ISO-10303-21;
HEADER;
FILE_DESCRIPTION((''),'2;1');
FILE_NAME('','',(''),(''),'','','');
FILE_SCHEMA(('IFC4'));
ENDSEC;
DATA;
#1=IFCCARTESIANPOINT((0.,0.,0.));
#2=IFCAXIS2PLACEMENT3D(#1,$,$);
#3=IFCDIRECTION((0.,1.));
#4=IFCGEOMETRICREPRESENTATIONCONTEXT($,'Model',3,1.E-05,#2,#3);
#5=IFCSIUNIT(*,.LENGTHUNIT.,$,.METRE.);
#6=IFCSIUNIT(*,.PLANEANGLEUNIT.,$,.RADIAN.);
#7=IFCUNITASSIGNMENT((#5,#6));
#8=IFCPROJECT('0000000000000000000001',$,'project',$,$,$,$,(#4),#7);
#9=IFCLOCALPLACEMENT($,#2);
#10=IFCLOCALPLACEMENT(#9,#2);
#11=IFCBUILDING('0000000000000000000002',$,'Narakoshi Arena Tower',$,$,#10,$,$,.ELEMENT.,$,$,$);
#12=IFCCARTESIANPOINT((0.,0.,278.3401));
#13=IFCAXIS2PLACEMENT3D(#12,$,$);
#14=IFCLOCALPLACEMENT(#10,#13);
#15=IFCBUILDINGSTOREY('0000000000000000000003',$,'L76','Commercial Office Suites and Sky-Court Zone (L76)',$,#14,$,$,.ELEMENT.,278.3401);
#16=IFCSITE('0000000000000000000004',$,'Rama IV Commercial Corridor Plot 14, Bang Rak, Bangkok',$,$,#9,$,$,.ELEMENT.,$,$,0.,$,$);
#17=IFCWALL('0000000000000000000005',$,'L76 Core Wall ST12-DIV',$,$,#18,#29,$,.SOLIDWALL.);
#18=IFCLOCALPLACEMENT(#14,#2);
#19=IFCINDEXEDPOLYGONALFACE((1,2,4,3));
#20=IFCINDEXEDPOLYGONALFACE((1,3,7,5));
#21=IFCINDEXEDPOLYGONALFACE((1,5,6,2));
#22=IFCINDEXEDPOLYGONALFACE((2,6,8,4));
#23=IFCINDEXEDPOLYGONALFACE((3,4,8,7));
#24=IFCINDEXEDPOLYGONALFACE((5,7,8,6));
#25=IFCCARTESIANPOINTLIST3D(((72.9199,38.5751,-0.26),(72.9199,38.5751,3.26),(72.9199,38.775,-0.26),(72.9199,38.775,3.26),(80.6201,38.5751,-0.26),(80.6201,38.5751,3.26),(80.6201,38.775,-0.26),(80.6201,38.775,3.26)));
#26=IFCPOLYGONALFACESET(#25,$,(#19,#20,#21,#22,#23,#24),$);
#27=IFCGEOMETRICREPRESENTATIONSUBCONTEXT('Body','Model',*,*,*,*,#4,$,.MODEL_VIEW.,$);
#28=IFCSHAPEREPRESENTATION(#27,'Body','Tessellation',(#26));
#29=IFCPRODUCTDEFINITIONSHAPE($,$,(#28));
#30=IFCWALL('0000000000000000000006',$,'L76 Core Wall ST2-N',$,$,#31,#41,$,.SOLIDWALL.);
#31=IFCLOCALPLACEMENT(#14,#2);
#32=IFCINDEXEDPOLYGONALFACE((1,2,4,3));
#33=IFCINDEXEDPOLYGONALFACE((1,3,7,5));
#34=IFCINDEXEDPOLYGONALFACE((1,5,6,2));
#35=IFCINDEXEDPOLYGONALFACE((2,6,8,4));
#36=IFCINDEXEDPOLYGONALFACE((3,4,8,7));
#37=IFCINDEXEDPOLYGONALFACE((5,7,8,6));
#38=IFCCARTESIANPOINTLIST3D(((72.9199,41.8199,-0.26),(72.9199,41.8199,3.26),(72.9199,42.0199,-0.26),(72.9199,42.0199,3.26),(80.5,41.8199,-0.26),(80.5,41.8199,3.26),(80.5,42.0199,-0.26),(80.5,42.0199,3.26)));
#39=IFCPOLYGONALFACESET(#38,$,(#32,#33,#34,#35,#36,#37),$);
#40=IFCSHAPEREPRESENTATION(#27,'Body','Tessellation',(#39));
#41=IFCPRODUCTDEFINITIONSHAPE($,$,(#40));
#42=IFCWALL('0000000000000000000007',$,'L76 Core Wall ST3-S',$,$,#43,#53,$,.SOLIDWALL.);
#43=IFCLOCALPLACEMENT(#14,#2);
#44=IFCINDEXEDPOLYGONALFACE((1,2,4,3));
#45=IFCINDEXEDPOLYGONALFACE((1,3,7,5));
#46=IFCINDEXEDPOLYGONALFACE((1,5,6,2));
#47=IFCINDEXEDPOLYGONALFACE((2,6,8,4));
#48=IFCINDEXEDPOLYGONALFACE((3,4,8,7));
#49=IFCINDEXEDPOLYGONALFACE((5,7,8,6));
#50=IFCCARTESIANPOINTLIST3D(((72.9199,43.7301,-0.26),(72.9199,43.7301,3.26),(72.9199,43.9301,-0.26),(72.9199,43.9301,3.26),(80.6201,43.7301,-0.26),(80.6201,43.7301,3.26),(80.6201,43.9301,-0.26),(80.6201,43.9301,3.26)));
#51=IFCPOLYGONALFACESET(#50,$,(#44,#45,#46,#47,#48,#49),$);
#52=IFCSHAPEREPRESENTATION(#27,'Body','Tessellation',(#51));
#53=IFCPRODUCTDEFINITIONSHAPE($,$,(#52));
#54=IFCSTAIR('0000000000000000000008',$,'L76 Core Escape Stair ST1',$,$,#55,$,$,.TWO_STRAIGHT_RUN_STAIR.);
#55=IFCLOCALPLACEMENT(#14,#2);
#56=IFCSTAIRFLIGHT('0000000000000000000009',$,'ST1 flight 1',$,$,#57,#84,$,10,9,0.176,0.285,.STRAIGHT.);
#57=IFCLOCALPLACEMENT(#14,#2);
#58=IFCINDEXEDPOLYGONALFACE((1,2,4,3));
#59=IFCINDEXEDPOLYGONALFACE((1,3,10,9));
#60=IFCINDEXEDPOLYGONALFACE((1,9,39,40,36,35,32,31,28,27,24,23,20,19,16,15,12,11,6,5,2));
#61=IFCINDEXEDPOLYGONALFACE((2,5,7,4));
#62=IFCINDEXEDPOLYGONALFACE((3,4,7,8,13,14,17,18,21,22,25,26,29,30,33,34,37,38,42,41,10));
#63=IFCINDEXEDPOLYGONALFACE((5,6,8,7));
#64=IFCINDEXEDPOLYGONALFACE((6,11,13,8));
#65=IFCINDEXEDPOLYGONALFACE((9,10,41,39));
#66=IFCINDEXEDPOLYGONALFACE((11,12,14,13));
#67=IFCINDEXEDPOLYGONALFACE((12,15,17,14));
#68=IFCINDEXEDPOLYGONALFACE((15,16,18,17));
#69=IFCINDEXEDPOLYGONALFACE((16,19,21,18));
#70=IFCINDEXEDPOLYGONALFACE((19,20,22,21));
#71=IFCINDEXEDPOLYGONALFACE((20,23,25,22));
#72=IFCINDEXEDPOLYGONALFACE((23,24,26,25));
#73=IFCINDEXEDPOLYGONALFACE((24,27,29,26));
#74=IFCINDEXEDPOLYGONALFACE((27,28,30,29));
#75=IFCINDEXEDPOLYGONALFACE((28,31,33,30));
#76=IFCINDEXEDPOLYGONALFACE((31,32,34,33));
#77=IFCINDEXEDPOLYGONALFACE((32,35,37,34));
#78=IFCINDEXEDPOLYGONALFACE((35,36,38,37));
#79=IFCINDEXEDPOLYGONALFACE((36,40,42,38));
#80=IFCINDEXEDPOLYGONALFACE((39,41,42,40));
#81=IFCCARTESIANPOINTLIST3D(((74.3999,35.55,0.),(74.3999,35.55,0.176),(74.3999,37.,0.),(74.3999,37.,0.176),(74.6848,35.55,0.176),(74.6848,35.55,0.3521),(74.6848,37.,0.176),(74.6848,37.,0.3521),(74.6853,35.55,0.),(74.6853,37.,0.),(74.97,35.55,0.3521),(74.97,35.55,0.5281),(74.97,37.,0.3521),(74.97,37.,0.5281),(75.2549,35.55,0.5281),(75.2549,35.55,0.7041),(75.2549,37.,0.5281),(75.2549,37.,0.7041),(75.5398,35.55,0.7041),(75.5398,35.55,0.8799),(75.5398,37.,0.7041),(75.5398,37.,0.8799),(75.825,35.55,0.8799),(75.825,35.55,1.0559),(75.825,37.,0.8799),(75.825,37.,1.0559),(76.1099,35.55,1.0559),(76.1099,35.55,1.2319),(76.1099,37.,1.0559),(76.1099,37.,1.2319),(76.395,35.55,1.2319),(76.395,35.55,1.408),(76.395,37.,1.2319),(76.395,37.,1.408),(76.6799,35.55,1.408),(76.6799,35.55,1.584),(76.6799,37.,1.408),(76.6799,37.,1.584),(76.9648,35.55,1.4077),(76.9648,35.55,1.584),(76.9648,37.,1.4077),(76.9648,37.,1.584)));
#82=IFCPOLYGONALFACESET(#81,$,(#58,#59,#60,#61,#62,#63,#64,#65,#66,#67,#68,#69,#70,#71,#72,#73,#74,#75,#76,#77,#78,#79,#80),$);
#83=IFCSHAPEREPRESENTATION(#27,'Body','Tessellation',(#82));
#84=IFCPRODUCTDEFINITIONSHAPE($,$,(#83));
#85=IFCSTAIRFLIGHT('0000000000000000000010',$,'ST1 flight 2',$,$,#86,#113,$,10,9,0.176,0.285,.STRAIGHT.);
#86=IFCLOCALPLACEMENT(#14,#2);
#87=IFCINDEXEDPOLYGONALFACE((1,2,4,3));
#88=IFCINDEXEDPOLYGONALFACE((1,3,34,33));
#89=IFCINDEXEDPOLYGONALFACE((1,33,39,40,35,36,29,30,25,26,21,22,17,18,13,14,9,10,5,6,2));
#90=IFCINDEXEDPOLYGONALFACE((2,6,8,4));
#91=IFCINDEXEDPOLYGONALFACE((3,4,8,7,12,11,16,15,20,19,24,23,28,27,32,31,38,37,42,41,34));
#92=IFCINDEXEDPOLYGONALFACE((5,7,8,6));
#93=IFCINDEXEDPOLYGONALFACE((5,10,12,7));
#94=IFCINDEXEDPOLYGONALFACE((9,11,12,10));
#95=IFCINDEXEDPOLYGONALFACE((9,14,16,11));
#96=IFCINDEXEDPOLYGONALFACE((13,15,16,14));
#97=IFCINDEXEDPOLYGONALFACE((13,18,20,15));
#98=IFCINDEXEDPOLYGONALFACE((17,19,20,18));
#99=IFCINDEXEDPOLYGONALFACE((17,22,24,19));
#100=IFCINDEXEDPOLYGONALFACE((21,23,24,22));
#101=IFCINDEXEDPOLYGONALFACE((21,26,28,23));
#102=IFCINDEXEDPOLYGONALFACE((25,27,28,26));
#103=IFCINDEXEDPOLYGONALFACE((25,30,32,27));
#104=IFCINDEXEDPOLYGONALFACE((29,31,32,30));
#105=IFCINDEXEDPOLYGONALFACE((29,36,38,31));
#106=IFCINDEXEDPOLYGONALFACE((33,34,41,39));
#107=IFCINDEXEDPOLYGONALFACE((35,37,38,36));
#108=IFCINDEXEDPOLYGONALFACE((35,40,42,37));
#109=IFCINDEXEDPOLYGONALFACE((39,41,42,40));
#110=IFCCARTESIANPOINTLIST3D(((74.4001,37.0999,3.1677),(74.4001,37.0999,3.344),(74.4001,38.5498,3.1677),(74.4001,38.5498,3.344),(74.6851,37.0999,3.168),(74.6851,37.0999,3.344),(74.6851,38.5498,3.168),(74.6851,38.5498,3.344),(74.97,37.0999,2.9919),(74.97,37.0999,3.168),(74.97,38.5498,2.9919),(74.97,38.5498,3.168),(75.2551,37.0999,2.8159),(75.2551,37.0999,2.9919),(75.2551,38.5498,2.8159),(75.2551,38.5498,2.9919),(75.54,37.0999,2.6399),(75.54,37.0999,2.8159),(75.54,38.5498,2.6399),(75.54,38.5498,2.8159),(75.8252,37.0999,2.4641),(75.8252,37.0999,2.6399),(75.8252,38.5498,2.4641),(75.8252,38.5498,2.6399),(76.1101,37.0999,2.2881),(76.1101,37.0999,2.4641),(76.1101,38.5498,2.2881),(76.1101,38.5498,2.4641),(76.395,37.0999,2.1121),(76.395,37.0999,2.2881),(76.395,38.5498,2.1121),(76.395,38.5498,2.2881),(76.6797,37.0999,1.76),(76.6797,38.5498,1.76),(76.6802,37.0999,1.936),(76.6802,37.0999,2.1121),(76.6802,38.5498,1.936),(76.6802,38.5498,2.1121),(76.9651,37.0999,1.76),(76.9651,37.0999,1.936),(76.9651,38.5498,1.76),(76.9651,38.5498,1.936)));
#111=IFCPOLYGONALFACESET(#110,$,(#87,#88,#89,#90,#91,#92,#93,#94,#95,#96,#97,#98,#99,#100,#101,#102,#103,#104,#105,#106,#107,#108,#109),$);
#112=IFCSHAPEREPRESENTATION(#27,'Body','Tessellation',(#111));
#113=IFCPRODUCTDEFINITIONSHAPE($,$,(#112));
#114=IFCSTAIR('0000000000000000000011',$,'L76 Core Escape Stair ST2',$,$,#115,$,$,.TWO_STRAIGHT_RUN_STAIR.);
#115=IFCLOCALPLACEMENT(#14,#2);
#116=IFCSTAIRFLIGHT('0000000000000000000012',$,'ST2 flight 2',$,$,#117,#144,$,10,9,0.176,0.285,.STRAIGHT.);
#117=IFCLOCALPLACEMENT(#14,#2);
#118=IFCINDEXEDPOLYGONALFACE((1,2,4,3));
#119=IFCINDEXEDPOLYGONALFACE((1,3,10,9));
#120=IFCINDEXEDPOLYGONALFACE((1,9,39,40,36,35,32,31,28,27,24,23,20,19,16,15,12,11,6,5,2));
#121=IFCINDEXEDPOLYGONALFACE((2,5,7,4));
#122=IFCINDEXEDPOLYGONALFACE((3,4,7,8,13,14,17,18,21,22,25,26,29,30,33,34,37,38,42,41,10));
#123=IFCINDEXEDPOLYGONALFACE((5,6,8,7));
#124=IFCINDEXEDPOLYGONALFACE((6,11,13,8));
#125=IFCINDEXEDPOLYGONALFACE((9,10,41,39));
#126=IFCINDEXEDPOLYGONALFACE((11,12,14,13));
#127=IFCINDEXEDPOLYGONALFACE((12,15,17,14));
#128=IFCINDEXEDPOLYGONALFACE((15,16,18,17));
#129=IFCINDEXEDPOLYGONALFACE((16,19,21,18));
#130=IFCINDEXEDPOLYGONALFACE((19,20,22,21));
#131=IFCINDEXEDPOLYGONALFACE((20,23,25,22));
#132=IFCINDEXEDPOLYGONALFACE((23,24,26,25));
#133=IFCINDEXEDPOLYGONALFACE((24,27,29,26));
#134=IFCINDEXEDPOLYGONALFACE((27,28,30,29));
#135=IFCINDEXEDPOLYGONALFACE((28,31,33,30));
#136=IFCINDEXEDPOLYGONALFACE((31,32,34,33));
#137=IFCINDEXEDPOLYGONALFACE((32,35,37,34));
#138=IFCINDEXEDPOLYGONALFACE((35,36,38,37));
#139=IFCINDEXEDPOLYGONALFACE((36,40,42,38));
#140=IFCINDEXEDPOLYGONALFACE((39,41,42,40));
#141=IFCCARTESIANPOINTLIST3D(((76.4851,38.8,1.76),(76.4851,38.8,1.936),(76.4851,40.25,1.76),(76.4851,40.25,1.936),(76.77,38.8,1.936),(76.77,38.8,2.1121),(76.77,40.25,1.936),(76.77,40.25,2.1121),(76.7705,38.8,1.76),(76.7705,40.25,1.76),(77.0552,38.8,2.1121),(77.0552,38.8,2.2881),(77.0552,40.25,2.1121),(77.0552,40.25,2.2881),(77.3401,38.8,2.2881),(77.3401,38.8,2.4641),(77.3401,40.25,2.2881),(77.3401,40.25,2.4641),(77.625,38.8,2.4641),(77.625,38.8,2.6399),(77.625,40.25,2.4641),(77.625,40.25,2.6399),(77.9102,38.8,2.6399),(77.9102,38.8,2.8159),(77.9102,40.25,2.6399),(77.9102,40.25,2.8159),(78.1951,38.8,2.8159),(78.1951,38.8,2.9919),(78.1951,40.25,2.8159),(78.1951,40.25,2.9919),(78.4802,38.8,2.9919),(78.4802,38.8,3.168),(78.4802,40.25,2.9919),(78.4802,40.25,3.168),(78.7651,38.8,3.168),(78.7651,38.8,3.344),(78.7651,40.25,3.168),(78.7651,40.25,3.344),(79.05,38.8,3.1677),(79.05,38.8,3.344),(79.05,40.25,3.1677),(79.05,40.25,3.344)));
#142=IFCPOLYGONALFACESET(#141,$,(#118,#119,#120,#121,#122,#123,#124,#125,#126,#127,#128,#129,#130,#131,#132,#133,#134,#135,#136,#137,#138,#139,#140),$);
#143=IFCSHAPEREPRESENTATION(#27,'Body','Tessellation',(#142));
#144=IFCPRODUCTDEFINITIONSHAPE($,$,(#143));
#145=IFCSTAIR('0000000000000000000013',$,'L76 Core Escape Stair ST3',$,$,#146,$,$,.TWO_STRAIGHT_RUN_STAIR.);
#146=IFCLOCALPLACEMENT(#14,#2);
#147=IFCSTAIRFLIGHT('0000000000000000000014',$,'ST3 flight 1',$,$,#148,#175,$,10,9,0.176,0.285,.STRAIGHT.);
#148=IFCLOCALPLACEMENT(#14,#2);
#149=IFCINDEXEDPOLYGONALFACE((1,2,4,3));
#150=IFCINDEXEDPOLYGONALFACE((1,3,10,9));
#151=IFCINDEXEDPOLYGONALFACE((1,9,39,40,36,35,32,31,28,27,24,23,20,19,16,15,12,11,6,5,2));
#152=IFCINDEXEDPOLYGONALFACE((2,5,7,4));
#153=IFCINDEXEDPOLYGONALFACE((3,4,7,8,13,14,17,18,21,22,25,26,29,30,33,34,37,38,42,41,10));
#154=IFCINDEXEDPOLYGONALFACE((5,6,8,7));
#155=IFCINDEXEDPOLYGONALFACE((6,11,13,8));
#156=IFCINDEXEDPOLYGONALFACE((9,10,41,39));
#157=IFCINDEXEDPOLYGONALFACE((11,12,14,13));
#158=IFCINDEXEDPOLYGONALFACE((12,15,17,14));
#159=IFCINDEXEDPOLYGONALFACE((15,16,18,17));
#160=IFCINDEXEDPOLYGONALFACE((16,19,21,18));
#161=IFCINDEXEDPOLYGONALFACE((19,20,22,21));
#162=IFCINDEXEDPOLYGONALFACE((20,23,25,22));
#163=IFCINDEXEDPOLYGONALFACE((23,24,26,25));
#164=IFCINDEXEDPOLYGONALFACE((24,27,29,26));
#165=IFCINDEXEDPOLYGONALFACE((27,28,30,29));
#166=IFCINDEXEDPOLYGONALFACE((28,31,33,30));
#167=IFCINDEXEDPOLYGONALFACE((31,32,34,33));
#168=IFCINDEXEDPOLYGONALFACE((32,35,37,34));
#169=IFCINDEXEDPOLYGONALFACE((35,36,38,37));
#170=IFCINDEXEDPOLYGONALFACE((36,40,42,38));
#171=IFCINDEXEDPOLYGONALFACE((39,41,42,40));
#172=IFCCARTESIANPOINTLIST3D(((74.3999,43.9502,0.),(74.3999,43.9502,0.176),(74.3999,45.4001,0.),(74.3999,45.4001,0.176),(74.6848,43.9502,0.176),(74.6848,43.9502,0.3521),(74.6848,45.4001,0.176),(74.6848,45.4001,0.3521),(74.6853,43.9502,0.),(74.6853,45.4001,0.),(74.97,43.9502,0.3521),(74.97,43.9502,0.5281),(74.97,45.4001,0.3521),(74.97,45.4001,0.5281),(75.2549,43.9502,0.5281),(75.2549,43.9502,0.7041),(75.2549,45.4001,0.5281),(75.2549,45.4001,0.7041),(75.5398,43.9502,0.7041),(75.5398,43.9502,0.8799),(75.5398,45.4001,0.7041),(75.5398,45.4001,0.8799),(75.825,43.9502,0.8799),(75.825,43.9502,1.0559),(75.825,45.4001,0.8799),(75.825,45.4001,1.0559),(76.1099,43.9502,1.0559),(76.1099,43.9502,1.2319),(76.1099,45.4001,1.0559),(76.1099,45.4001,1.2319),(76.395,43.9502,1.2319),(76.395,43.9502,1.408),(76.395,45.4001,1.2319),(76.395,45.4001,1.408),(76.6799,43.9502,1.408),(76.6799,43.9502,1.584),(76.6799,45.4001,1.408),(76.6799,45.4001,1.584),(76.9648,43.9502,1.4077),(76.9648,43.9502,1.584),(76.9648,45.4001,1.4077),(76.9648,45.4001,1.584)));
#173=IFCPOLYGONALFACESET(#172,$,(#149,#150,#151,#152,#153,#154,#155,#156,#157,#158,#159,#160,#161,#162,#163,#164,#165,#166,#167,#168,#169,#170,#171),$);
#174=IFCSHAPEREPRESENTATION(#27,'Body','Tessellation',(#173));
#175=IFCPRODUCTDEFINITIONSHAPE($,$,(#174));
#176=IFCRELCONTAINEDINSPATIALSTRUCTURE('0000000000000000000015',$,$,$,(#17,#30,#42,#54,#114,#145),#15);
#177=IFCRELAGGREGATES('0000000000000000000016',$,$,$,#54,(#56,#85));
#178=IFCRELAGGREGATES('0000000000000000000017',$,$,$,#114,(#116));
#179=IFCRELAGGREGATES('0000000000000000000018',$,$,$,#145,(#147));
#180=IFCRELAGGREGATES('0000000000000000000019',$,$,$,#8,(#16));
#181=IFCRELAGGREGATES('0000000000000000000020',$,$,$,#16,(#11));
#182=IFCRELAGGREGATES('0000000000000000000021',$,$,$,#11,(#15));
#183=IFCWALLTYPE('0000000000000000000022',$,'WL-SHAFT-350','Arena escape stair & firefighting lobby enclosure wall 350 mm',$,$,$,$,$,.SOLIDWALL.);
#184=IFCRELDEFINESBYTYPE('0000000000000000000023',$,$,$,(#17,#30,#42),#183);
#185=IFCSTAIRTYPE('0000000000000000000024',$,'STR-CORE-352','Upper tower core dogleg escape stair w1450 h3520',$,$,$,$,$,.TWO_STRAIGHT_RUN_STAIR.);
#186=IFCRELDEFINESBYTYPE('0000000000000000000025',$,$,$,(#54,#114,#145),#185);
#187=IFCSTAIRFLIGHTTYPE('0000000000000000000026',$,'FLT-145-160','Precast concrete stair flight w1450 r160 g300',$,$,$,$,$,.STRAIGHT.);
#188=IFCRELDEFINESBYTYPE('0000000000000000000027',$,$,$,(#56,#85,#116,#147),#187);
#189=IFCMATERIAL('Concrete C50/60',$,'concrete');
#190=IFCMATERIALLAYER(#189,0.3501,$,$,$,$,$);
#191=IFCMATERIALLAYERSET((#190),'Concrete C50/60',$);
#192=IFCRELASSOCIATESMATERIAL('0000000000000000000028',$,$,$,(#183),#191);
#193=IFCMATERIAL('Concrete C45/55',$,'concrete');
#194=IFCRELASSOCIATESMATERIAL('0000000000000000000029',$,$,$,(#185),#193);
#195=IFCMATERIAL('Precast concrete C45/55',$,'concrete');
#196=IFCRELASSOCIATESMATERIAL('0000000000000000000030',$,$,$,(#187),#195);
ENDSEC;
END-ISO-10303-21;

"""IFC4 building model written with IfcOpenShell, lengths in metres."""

from ifc_helpers import new_model, si_unit, direction, frame, frame_2d, origin, place, context, subcontext, project, spatial, polyline, rectangle, outline, extrude, material, layer, layer_set, type_object, element, aggregate, save


model = new_model("IFC4")

# Units and contexts
model_context = context("Model", 3, precision=1e-05, world=origin(), true_north=direction((0.0, 1.0)))
body_context = subcontext(model_context, "Body", "Model", "MODEL_VIEW")
ifc_project = project(units=[si_unit("LENGTHUNIT", "METRE"), si_unit("PLANEANGLEUNIT", "RADIAN")], contexts=[model_context])

# Site, building, storey
site_placement = place(None, origin())
site = spatial("IfcSite", under=ifc_project, at=site_placement, Name="Rama IV Commercial Corridor Plot 14, Bang Rak, Bangkok", CompositionType="ELEMENT", RefElevation=0.0)
building_placement = place(site_placement, origin())
building = spatial("IfcBuilding", under=site, at=building_placement, Name="Narakoshi Arena Tower", CompositionType="ELEMENT")
storey_placement = place(building_placement, frame((0.0, 0.0, 278.3401)))
storey = spatial("IfcBuildingStorey", under=building, at=storey_placement, Name="L76", Description="Commercial Office Suites and Sky-Court Zone (L76)", CompositionType="ELEMENT", Elevation=278.3401)

# Shared definitions
ifc_material_1 = material(Name="Concrete C50/60", Category="concrete")

# Shared definitions
ifc_material_2 = material(Name="Precast concrete C45/55", Category="concrete")

# Walls
ifc_layer_1 = layer(ifc_material_1, 0.3501)
ifc_layer_set_1 = layer_set([ifc_layer_1], Name="Concrete C50/60")
wall_type_1 = type_object("IfcWallType", Name="WL-SHAFT-350", Description="Arena escape stair & firefighting lobby enclosure wall 350 mm", PredefinedType="SOLIDWALL", material=ifc_layer_set_1)
for number, where, z_axis, x_axis, name in (
    (1, (72.9199, 38.675, -0.26), (0.0, 0.0, 1.0), (1.0, 0.0, 0.0), "L76 Core Wall ST12-DIV"),
):
    element("IfcWall", number, at=place(storey_placement, frame(where, z_axis=z_axis, x_axis=x_axis)), inside=storey, type_object=wall_type_1, Name=name, PredefinedType="SOLIDWALL", context=body_context, shape_type="SweptSolid", body=[
        extrude(rectangle(XDim=7.7002, YDim=0.2, at=frame_2d((3.8501, 0.0))), origin(), (0.0, 0.0, 1.0), 3.52),
    ])
wall_1_placement = place(storey_placement, frame((72.9199, 41.9199, -0.26), z_axis=(0.0, 0.0, 1.0), x_axis=(1.0, 0.0, 0.0)))
element("IfcWall", 2, at=wall_1_placement, inside=storey, type_object=wall_type_1, Name="L76 Core Wall ST2-N", PredefinedType="SOLIDWALL", context=body_context, shape_type="SweptSolid", body=[
    extrude(rectangle(XDim=7.5801, YDim=0.2, at=frame_2d((3.79, 0.0))), origin(), (0.0, 0.0, 1.0), 3.52),
])
wall_2_placement = place(storey_placement, frame((72.9199, 43.8301, -0.26), z_axis=(0.0, 0.0, 1.0), x_axis=(1.0, 0.0, 0.0)))
element("IfcWall", 3, at=wall_2_placement, inside=storey, type_object=wall_type_1, Name="L76 Core Wall ST3-S", PredefinedType="SOLIDWALL", context=body_context, shape_type="SweptSolid", body=[
    extrude(rectangle(XDim=7.7002, YDim=0.2, at=frame_2d((3.8501, 0.0))), origin(), (0.0, 0.0, 1.0), 3.52),
])

# Stair, stair flights
ifc_material_3 = material(Name="Concrete C45/55", Category="concrete")
stair_type = type_object("IfcStairType", Name="STR-CORE-352", Description="Upper tower core dogleg escape stair w1450 h3520", PredefinedType="TWO_STRAIGHT_RUN_STAIR", material=ifc_material_3)
stair_1_placement = place(storey_placement, origin())
stair_1 = element("IfcStair", 4, at=stair_1_placement, inside=storey, type_object=stair_type, Name="L76 Core Escape Stair ST1", PredefinedType="TWO_STRAIGHT_RUN_STAIR")
stair_flight_type = type_object("IfcStairFlightType", Name="FLT-145-160", Description="Precast concrete stair flight w1450 r160 g300", PredefinedType="STRAIGHT", material=ifc_material_2)
stair_flight_1_placement = place(storey_placement, frame((74.3999, 36.2749, 0.0), z_axis=(0.0, 0.0, 1.0), x_axis=(1.0, 0.0, 0.0)))
stair_flight_1 = element("IfcStairFlight", 5, at=stair_flight_1_placement, type_object=stair_flight_type, Name="ST1 flight 1", NumberOfRisers=10, NumberOfTreads=9, PredefinedType="STRAIGHT", RiserHeight=0.176, TreadLength=0.285, context=body_context, shape_type="SweptSolid", body=[
    extrude(outline(polyline([(0.0, 0.0), (0.0, 0.176), (0.2849, 0.176), (0.2849, 0.3521), (0.5701, 0.3521), (0.5701, 0.5281), (0.855, 0.5281), (0.855, 0.7041), (1.1399, 0.7041), (1.1399, 0.8799), (1.425, 0.8799), (1.425, 1.0559), (1.71, 1.0559), (1.71, 1.2319), (1.9951, 1.2319), (1.9951, 1.408), (2.28, 1.408), (2.28, 1.584), (2.5649, 1.584), (2.5649, 1.76), (2.5649, 1.4077), (0.2854, 0.0), (0.0, 0.0)])), frame((0.0, 0.7251, 0.0), z_axis=(0.0, -1.0, 0.0), x_axis=(1.0, 0.0, 0.0)), (0.0, 0.0, 1.0), 1.45),
])
stair_flight_2_placement = place(storey_placement, frame((76.9651, 37.825, 1.76), z_axis=(0.0, 0.0, 1.0), x_axis=(-1.0, 0.0, 0.0)))
stair_flight_2 = element("IfcStairFlight", 6, at=stair_flight_2_placement, type_object=stair_flight_type, Name="ST1 flight 2", NumberOfRisers=10, NumberOfTreads=9, PredefinedType="STRAIGHT", RiserHeight=0.176, TreadLength=0.285, context=body_context, shape_type="SweptSolid", body=[
    extrude(outline(polyline([(0.0, 0.0), (0.0, 0.176), (0.2849, 0.176), (0.2849, 0.3521), (0.5701, 0.3521), (0.5701, 0.5281), (0.855, 0.5281), (0.855, 0.7041), (1.1399, 0.7041), (1.1399, 0.8799), (1.425, 0.8799), (1.425, 1.0559), (1.71, 1.0559), (1.71, 1.2319), (1.9951, 1.2319), (1.9951, 1.408), (2.28, 1.408), (2.28, 1.584), (2.5649, 1.584), (2.5649, 1.76), (2.5649, 1.4077), (0.2854, 0.0), (0.0, 0.0)])), frame((0.0, 0.7251, 0.0), z_axis=(0.0, -1.0, 0.0), x_axis=(1.0, 0.0, 0.0)), (0.0, 0.0, 1.0), 1.45),
])
aggregate(stair_1, [stair_flight_1, stair_flight_2])

# Stairs, stair flights
stair_2_placement = place(storey_placement, origin())
stair_2 = element("IfcStair", 7, at=stair_2_placement, inside=storey, type_object=stair_type, Name="L76 Core Escape Stair ST2", PredefinedType="TWO_STRAIGHT_RUN_STAIR")
stair_flight_3_placement = place(storey_placement, frame((76.4851, 39.5249, 1.76), z_axis=(0.0, 0.0, 1.0), x_axis=(1.0, 0.0, 0.0)))
stair_flight_3 = element("IfcStairFlight", 8, at=stair_flight_3_placement, type_object=stair_flight_type, Name="ST2 flight 2", NumberOfRisers=10, NumberOfTreads=9, PredefinedType="STRAIGHT", RiserHeight=0.176, TreadLength=0.285, context=body_context, shape_type="SweptSolid", body=[
    extrude(outline(polyline([(0.0, 0.0), (0.0, 0.176), (0.2849, 0.176), (0.2849, 0.3521), (0.5701, 0.3521), (0.5701, 0.5281), (0.855, 0.5281), (0.855, 0.7041), (1.1399, 0.7041), (1.1399, 0.8799), (1.425, 0.8799), (1.425, 1.0559), (1.71, 1.0559), (1.71, 1.2319), (1.9951, 1.2319), (1.9951, 1.408), (2.28, 1.408), (2.28, 1.584), (2.5649, 1.584), (2.5649, 1.76), (2.5649, 1.4077), (0.2854, 0.0), (0.0, 0.0)])), frame((0.0, 0.7251, 0.0), z_axis=(0.0, -1.0, 0.0), x_axis=(1.0, 0.0, 0.0)), (0.0, 0.0, 1.0), 1.45),
])
aggregate(stair_2, [stair_flight_3])
stair_3_placement = place(storey_placement, origin())
stair_3 = element("IfcStair", 9, at=stair_3_placement, inside=storey, type_object=stair_type, Name="L76 Core Escape Stair ST3", PredefinedType="TWO_STRAIGHT_RUN_STAIR")
stair_flight_4_placement = place(storey_placement, frame((74.3999, 44.675, 0.0), z_axis=(0.0, 0.0, 1.0), x_axis=(1.0, 0.0, 0.0)))
stair_flight_4 = element("IfcStairFlight", 10, at=stair_flight_4_placement, type_object=stair_flight_type, Name="ST3 flight 1", NumberOfRisers=10, NumberOfTreads=9, PredefinedType="STRAIGHT", RiserHeight=0.176, TreadLength=0.285, context=body_context, shape_type="SweptSolid", body=[
    extrude(outline(polyline([(0.0, 0.0), (0.0, 0.176), (0.2849, 0.176), (0.2849, 0.3521), (0.5701, 0.3521), (0.5701, 0.5281), (0.855, 0.5281), (0.855, 0.7041), (1.1399, 0.7041), (1.1399, 0.8799), (1.425, 0.8799), (1.425, 1.0559), (1.71, 1.0559), (1.71, 1.2319), (1.9951, 1.2319), (1.9951, 1.408), (2.28, 1.408), (2.28, 1.584), (2.5649, 1.584), (2.5649, 1.76), (2.5649, 1.4077), (0.2854, 0.0), (0.0, 0.0)])), frame((0.0, 0.7251, 0.0), z_axis=(0.0, -1.0, 0.0), x_axis=(1.0, 0.0, 0.0)), (0.0, 0.0, 1.0), 1.45),
])
aggregate(stair_3, [stair_flight_4])

save(model, "model.ifc")
